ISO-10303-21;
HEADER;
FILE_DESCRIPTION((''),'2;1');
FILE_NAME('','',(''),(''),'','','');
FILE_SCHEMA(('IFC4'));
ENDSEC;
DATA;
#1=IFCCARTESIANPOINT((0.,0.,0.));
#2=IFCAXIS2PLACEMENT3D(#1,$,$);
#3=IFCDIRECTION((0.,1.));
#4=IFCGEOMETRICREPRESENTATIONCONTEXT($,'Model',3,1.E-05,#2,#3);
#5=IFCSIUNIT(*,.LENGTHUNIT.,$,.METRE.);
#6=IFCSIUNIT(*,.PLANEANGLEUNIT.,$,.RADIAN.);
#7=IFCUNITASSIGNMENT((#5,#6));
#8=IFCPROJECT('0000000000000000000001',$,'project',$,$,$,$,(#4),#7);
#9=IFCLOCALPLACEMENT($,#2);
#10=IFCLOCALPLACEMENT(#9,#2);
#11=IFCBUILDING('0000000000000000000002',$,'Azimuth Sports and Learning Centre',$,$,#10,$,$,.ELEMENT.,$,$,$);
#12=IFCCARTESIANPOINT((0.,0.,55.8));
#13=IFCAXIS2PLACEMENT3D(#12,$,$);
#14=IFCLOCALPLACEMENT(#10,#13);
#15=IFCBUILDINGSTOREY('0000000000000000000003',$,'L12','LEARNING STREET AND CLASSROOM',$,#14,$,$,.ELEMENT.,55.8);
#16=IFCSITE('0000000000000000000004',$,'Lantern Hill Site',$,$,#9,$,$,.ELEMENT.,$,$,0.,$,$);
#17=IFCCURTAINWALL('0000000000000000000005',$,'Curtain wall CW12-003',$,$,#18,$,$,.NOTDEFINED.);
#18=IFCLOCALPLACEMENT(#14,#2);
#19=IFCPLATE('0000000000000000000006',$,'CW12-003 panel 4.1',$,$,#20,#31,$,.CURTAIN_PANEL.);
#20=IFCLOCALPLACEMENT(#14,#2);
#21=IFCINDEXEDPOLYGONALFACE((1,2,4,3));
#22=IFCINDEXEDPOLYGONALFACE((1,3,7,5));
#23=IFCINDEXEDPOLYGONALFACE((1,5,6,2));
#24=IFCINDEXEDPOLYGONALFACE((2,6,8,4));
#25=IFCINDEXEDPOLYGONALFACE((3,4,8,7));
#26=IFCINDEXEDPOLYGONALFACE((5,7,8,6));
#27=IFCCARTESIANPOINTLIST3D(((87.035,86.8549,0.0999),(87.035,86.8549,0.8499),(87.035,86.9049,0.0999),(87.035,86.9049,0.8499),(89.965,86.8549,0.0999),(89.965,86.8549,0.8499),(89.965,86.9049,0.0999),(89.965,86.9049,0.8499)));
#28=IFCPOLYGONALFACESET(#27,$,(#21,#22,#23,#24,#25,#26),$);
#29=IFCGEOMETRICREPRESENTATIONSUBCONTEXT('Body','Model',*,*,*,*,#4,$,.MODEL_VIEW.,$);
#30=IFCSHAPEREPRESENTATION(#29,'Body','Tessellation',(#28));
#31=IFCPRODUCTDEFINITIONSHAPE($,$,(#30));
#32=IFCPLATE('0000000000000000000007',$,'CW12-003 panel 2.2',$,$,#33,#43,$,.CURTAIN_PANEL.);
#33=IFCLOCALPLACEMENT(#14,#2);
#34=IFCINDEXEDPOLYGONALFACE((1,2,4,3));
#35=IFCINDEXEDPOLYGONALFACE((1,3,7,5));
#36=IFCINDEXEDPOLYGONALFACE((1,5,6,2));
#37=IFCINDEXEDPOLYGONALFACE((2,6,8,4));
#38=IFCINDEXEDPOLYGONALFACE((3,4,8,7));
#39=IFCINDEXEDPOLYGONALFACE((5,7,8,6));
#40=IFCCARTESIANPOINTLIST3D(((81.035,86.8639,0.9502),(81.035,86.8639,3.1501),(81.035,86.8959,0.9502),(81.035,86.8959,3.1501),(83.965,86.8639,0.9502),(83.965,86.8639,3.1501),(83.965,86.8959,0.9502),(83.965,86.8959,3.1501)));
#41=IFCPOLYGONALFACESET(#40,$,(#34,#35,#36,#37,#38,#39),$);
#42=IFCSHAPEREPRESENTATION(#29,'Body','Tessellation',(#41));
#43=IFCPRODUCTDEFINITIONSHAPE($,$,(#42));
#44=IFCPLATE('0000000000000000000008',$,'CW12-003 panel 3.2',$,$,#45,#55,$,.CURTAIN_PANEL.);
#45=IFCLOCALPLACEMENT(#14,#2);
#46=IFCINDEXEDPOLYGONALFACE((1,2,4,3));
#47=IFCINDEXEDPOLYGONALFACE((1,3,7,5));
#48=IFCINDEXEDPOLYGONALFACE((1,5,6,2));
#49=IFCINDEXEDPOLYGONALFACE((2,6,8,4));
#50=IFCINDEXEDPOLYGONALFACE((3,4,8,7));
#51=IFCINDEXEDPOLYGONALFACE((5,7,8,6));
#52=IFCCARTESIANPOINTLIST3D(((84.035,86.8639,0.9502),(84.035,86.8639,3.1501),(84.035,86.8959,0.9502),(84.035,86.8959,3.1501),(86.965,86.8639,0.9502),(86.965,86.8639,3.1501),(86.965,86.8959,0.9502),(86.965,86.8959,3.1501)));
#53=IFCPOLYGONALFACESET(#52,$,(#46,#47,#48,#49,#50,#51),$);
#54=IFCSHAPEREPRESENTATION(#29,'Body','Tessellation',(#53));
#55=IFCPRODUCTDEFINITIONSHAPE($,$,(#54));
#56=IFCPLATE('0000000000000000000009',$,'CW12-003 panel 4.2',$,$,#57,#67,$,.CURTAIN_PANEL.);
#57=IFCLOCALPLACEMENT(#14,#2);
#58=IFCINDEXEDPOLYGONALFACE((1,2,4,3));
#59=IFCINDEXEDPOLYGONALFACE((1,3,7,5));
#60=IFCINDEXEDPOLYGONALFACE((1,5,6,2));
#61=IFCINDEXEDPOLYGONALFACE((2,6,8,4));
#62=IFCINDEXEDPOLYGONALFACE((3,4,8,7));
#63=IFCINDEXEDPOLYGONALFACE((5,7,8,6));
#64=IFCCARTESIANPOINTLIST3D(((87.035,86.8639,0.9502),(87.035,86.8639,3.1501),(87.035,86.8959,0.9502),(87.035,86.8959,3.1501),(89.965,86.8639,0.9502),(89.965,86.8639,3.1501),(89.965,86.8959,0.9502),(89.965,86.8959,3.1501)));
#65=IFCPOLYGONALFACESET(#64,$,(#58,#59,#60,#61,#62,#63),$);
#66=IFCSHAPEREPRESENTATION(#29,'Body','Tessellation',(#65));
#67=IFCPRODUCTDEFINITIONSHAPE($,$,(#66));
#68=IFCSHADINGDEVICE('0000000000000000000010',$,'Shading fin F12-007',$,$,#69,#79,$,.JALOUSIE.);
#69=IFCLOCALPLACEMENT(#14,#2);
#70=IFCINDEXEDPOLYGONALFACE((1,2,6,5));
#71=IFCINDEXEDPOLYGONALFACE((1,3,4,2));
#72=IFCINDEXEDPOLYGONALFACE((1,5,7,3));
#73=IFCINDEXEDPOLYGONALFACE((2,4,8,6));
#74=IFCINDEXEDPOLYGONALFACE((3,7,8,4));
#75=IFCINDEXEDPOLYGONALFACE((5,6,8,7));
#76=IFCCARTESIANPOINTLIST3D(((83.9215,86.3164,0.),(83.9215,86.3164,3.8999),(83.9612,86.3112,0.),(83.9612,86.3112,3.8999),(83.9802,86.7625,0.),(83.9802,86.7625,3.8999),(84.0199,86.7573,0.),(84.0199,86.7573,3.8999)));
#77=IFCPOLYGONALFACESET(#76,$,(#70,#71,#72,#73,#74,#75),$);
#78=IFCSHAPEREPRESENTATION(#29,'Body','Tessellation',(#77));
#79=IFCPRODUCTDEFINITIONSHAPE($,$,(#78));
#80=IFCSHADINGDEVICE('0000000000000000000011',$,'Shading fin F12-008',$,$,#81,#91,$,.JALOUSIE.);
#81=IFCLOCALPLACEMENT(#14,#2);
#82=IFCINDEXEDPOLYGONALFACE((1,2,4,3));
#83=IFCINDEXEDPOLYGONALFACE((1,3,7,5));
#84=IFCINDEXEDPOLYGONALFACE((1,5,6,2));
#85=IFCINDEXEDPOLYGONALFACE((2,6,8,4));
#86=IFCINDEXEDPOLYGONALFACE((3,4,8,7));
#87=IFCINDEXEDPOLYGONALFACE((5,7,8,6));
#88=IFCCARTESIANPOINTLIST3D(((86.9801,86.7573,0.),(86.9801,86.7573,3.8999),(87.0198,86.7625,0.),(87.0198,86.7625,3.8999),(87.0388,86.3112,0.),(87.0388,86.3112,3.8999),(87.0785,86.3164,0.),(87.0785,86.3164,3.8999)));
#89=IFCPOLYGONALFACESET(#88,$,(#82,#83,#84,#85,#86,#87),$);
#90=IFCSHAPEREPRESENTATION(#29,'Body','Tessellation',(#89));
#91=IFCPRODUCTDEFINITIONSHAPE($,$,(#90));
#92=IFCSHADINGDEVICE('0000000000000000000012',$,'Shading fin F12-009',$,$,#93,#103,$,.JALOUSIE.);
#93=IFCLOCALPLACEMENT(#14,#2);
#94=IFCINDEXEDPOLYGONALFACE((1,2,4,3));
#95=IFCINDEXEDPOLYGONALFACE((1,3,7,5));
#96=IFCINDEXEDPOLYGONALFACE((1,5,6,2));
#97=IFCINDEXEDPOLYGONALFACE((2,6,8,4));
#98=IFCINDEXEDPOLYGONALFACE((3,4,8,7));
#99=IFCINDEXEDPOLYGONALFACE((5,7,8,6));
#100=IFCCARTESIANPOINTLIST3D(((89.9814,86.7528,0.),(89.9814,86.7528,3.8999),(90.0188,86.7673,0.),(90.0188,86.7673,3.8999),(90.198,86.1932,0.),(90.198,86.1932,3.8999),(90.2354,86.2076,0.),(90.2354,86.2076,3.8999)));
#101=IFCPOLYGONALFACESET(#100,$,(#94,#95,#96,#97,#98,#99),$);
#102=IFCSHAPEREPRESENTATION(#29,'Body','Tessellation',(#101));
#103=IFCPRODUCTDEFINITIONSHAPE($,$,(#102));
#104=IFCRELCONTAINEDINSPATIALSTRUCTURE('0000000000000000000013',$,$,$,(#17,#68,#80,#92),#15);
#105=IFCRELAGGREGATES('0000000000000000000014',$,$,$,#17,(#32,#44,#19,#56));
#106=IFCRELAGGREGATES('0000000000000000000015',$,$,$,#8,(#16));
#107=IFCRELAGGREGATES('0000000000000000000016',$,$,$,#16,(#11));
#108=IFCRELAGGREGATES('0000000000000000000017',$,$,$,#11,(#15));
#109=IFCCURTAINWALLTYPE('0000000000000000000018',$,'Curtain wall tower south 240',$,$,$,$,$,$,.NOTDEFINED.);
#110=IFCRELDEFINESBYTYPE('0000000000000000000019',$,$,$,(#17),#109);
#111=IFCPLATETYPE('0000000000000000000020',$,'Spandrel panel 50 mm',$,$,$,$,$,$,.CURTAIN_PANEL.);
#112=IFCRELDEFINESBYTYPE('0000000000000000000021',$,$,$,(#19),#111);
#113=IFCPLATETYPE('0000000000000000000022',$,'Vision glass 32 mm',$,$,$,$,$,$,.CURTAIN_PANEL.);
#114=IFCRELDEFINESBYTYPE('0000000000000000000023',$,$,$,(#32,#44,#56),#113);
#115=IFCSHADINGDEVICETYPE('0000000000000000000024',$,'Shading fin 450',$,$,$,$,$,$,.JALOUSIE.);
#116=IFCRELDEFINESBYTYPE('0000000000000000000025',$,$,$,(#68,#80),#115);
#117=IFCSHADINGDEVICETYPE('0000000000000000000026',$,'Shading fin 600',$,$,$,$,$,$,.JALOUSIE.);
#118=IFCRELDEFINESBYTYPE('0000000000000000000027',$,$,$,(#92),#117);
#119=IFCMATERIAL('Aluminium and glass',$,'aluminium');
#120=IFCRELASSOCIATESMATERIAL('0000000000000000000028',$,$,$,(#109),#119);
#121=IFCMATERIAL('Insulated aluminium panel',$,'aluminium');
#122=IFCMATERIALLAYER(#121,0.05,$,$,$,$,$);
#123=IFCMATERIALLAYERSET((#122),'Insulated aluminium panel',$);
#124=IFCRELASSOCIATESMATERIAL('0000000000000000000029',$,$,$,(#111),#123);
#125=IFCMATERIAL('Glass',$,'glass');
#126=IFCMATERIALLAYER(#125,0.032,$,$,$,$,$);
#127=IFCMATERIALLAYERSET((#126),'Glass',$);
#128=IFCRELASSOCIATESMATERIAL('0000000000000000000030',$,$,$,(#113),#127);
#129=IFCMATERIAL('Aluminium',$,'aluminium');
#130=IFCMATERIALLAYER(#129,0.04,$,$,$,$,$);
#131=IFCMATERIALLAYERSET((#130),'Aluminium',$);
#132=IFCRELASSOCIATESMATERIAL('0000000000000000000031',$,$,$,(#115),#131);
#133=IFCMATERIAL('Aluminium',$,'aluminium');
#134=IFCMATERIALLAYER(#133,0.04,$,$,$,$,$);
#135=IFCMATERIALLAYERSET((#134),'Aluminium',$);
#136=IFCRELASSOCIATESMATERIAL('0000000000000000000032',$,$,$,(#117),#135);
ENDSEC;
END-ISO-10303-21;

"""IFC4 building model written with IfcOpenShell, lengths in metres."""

from ifc_helpers import new_model, si_unit, direction, frame, origin, origin_2d, place, context, subcontext, project, spatial, rectangle, extrude, material, layer, layer_set, type_object, element, aggregate, save


model = new_model("IFC4")

# Units and contexts
model_context = context("Model", 3, precision=1e-05, world=origin(), true_north=direction((0.0, 1.0)))
body_context = subcontext(model_context, "Body", "Model", "MODEL_VIEW")
ifc_project = project(units=[si_unit("LENGTHUNIT", "METRE"), si_unit("PLANEANGLEUNIT", "RADIAN")], contexts=[model_context])

# Site, building, storey
site_placement = place(None, origin())
site = spatial("IfcSite", under=ifc_project, at=site_placement, Name="Lantern Hill Site", CompositionType="ELEMENT", RefElevation=0.0)
building_placement = place(site_placement, origin())
building = spatial("IfcBuilding", under=site, at=building_placement, Name="Azimuth Sports and Learning Centre", CompositionType="ELEMENT")
storey_placement = place(building_placement, frame((0.0, 0.0, 55.8)))
storey = spatial("IfcBuildingStorey", under=building, at=storey_placement, Name="L12", Description="LEARNING STREET AND CLASSROOM", CompositionType="ELEMENT", Elevation=55.8)

# Curtain wall, plates
ifc_material_1 = material(Name="Aluminium and glass", Category="aluminium")
curtain_wall_type = type_object("IfcCurtainWallType", Name="Curtain wall tower south 240", PredefinedType="NOTDEFINED", material=ifc_material_1)
curtain_wall_placement = place(storey_placement, origin())
curtain_wall = element("IfcCurtainWall", 1, at=curtain_wall_placement, inside=storey, type_object=curtain_wall_type, Name="Curtain wall CW12-003", PredefinedType="NOTDEFINED")
ifc_material_2 = material(Name="Insulated aluminium panel", Category="aluminium")
ifc_layer_1 = layer(ifc_material_2, 0.05)
ifc_layer_set_1 = layer_set([ifc_layer_1], Name="Insulated aluminium panel")
plate_type_1 = type_object("IfcPlateType", Name="Spandrel panel 50 mm", PredefinedType="CURTAIN_PANEL", material=ifc_layer_set_1)
plate_1_placement = place(storey_placement, frame((88.5, 86.8799, 0.0999), z_axis=(0.0, 0.0, 1.0), x_axis=(1.0, 0.0, 0.0)))
plate_1 = element("IfcPlate", 2, at=plate_1_placement, type_object=plate_type_1, Name="CW12-003 panel 4.1", PredefinedType="CURTAIN_PANEL", context=body_context, shape_type="SweptSolid", body=[
    extrude(rectangle(XDim=2.9299, YDim=0.05, at=origin_2d()), origin(), (0.0, 0.0, 1.0), 0.75),
])
ifc_material_3 = material(Name="Glass", Category="glass")
ifc_layer_2 = layer(ifc_material_3, 0.032)
ifc_layer_set_2 = layer_set([ifc_layer_2], Name="Glass")
plate_type_2 = type_object("IfcPlateType", Name="Vision glass 32 mm", PredefinedType="CURTAIN_PANEL", material=ifc_layer_set_2)
plate_2_placement = place(storey_placement, frame((82.5, 86.8799, 0.9502), z_axis=(0.0, 0.0, 1.0), x_axis=(1.0, 0.0, 0.0)))
plate_2 = element("IfcPlate", 3, at=plate_2_placement, type_object=plate_type_2, Name="CW12-003 panel 2.2", PredefinedType="CURTAIN_PANEL", context=body_context, shape_type="SweptSolid", body=[
    extrude(rectangle(XDim=2.9299, YDim=0.032, at=origin_2d()), origin(), (0.0, 0.0, 1.0), 2.2),
])
plate_3_placement = place(storey_placement, frame((85.5, 86.8799, 0.9502), z_axis=(0.0, 0.0, 1.0), x_axis=(1.0, 0.0, 0.0)))
plate_3 = element("IfcPlate", 4, at=plate_3_placement, type_object=plate_type_2, Name="CW12-003 panel 3.2", PredefinedType="CURTAIN_PANEL", context=body_context, shape_type="SweptSolid", body=[
    extrude(rectangle(XDim=2.9299, YDim=0.032, at=origin_2d()), origin(), (0.0, 0.0, 1.0), 2.2),
])
plate_4_placement = place(storey_placement, frame((88.5, 86.8799, 0.9502), z_axis=(0.0, 0.0, 1.0), x_axis=(1.0, 0.0, 0.0)))
plate_4 = element("IfcPlate", 5, at=plate_4_placement, type_object=plate_type_2, Name="CW12-003 panel 4.2", PredefinedType="CURTAIN_PANEL", context=body_context, shape_type="SweptSolid", body=[
    extrude(rectangle(XDim=2.9299, YDim=0.032, at=origin_2d()), origin(), (0.0, 0.0, 1.0), 2.2),
])
aggregate(curtain_wall, [plate_2, plate_3, plate_1, plate_4])

# Shading devices
ifc_material_4 = material(Name="Aluminium", Category="aluminium")
ifc_layer_3 = layer(ifc_material_4, 0.04)
ifc_layer_set_3 = layer_set([ifc_layer_3], Name="Aluminium")
shading_device_type_1 = type_object("IfcShadingDeviceType", Name="Shading fin 450", PredefinedType="JALOUSIE", material=ifc_layer_set_3)
for number, where, z_axis, x_axis, name in (
    (6, (83.9707, 86.5369, 0.0), (0.0, 0.0, 1.0), (-0.130264, -0.991479, 0.0), "Shading fin F12-007"),
    (7, (87.0293, 86.5369, 0.0), (0.0, 0.0, 1.0), (0.130264, -0.991479, 0.0), "Shading fin F12-008"),
):
    element("IfcShadingDevice", number, at=place(storey_placement, frame(where, z_axis=z_axis, x_axis=x_axis)), inside=storey, type_object=shading_device_type_1, Name=name, PredefinedType="JALOUSIE", context=body_context, shape_type="SweptSolid", body=[
        extrude(rectangle(XDim=0.45, YDim=0.04, at=origin_2d()), origin(), (0.0, 0.0, 1.0), 3.8999),
    ])
ifc_material_5 = material(Name="Aluminium", Category="aluminium")
ifc_layer_4 = layer(ifc_material_5, 0.04)
ifc_layer_set_4 = layer_set([ifc_layer_4], Name="Aluminium")
shading_device_type_2 = type_object("IfcShadingDeviceType", Name="Shading fin 600", PredefinedType="JALOUSIE", material=ifc_layer_set_4)
shading_device_placement = place(storey_placement, frame((90.1084, 86.4802, 0.0), z_axis=(0.0, 0.0, 1.0), x_axis=(0.360978, -0.932574, 0.0)))
element("IfcShadingDevice", 8, at=shading_device_placement, inside=storey, type_object=shading_device_type_2, Name="Shading fin F12-009", PredefinedType="JALOUSIE", context=body_context, shape_type="SweptSolid", body=[
    extrude(rectangle(XDim=0.6001, YDim=0.04, at=origin_2d()), origin(), (0.0, 0.0, 1.0), 3.8999),
])

save(model, "model.ifc")
